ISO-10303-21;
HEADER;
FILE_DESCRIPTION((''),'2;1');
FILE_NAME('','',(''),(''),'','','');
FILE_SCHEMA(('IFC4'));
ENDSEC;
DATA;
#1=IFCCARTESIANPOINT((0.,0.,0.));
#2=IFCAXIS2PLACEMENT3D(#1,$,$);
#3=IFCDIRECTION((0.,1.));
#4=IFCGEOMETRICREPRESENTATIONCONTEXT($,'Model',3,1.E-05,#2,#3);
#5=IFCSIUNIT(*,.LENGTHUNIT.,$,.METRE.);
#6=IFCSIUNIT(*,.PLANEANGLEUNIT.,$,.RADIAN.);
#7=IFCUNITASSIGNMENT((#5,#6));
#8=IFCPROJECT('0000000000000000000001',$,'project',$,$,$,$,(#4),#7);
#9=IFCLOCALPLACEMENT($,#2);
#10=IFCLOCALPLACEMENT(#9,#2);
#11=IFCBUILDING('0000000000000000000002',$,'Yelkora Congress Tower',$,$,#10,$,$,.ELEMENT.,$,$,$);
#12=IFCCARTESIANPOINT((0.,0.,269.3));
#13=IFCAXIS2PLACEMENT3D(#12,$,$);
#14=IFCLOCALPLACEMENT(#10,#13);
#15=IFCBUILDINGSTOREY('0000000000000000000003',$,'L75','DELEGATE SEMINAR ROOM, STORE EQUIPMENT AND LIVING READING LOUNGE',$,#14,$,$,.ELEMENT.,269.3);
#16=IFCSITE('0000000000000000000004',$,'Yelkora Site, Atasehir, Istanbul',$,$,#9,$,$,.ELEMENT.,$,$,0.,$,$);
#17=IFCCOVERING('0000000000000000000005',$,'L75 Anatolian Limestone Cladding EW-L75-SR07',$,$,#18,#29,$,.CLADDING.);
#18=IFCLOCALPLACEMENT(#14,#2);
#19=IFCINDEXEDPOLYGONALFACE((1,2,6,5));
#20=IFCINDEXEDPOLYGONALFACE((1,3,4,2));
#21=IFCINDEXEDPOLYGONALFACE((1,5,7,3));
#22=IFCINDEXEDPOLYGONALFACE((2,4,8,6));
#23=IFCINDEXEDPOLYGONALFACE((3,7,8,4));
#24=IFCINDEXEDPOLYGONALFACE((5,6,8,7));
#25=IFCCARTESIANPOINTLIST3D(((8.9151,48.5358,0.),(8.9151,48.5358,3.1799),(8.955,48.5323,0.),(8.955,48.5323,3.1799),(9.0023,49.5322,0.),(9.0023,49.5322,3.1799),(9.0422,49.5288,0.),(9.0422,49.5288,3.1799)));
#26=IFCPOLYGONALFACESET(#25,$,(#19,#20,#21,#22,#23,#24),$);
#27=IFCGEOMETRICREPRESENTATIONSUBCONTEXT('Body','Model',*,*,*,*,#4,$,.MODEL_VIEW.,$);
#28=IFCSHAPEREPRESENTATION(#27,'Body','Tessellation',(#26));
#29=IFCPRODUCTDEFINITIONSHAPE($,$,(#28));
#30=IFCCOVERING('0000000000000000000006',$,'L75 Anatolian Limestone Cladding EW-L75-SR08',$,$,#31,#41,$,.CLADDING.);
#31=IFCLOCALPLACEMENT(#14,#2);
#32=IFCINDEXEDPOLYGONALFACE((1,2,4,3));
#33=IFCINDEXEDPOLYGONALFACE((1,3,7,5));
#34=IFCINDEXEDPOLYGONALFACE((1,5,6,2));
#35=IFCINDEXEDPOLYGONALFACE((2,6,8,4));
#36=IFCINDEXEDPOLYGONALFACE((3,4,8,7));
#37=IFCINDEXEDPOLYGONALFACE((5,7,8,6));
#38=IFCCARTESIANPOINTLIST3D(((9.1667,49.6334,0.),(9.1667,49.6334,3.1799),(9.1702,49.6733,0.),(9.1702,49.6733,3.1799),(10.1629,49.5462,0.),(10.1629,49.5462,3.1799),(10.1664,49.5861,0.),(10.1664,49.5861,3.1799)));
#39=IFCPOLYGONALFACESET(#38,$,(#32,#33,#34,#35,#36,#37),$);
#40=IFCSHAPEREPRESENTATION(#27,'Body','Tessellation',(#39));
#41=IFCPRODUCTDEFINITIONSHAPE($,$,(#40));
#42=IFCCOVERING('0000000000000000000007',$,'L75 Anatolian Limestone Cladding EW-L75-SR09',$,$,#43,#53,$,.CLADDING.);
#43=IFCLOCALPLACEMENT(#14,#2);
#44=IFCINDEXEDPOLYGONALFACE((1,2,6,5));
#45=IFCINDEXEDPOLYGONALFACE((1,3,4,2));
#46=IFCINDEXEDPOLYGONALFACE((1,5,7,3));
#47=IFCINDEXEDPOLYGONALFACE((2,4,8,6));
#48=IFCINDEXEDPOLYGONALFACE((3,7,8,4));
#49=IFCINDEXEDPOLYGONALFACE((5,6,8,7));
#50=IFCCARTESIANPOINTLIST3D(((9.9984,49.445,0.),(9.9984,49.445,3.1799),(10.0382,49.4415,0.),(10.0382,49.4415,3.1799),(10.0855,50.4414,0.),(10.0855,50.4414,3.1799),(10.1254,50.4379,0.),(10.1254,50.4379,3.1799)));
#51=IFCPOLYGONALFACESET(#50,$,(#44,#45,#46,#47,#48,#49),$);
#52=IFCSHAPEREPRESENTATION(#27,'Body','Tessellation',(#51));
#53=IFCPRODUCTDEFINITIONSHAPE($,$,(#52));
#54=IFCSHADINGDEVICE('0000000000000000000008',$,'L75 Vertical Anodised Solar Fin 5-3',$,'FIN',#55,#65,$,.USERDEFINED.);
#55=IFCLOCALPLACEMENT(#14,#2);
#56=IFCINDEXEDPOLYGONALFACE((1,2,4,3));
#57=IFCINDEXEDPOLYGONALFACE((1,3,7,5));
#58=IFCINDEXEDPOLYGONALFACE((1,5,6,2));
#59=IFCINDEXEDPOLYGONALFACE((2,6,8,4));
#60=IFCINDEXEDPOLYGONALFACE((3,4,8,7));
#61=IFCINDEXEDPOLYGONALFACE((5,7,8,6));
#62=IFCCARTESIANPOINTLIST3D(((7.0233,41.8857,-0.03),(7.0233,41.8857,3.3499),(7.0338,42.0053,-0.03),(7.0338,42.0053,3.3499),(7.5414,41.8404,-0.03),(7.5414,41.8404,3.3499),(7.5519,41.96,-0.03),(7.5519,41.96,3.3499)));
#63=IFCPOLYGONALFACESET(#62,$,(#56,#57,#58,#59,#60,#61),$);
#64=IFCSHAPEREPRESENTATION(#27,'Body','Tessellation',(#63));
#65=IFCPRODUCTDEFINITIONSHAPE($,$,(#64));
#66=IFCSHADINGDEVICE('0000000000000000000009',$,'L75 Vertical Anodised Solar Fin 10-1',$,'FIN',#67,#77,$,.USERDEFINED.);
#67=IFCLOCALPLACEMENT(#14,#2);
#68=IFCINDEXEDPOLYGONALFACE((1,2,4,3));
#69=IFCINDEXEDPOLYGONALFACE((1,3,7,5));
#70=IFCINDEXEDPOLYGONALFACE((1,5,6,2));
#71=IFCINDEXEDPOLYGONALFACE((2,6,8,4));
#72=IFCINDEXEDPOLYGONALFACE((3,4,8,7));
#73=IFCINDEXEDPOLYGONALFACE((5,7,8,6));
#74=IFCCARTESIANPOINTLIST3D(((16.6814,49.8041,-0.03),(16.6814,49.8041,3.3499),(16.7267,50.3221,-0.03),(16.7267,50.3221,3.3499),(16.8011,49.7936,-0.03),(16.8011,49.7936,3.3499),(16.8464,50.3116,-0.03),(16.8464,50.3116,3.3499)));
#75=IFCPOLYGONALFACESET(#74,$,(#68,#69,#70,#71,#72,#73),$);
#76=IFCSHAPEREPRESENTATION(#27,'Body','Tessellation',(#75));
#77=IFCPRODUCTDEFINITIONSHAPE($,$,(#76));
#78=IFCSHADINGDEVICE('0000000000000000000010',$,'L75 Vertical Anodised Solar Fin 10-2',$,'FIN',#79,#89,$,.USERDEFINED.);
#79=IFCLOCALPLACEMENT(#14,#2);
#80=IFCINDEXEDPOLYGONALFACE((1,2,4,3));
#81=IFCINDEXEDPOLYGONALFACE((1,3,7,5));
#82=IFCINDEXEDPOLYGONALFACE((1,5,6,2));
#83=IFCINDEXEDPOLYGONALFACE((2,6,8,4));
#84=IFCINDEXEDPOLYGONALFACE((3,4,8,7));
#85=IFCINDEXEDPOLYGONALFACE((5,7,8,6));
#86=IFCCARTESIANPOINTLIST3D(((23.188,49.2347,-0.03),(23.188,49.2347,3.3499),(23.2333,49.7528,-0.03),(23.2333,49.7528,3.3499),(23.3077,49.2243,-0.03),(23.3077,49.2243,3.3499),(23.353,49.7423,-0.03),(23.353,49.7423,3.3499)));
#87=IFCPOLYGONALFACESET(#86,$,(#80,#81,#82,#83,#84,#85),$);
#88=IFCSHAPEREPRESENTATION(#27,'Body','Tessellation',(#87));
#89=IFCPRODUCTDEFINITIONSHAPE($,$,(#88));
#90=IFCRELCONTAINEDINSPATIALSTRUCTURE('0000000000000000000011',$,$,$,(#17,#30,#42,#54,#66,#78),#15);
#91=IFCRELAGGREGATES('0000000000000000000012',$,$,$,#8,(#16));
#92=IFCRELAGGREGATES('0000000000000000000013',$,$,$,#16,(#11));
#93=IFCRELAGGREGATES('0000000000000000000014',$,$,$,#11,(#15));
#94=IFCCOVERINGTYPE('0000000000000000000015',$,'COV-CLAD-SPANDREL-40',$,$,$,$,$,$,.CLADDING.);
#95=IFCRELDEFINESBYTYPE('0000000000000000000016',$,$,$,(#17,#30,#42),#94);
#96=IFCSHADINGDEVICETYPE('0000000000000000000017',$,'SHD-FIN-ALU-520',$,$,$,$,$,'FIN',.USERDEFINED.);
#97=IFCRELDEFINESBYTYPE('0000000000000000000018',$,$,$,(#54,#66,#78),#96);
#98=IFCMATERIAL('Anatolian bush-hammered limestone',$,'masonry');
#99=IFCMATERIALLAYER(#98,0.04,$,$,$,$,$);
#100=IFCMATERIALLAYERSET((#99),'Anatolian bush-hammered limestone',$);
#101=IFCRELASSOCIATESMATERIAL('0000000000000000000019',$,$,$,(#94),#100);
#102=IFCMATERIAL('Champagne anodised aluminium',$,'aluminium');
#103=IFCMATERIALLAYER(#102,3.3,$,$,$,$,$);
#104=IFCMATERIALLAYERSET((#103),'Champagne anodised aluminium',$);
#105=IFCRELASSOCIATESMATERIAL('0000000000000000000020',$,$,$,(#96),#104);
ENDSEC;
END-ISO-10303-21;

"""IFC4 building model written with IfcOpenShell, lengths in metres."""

from ifc_helpers import new_model, si_unit, direction, frame, frame_2d, origin, origin_2d, place, context, subcontext, project, spatial, rectangle, extrude, material, layer, layer_set, type_object, element, save


model = new_model("IFC4")

# Units and contexts
model_context = context("Model", 3, precision=1e-05, world=origin(), true_north=direction((0.0, 1.0)))
body_context = subcontext(model_context, "Body", "Model", "MODEL_VIEW")
ifc_project = project(units=[si_unit("LENGTHUNIT", "METRE"), si_unit("PLANEANGLEUNIT", "RADIAN")], contexts=[model_context])

# Site, building, storey
site_placement = place(None, origin())
site = spatial("IfcSite", under=ifc_project, at=site_placement, Name="Yelkora Site, Atasehir, Istanbul", CompositionType="ELEMENT", RefElevation=0.0)
building_placement = place(site_placement, origin())
building = spatial("IfcBuilding", under=site, at=building_placement, Name="Yelkora Congress Tower", CompositionType="ELEMENT")
storey_placement = place(building_placement, frame((0.0, 0.0, 269.3)))
storey = spatial("IfcBuildingStorey", under=building, at=storey_placement, Name="L75", Description="DELEGATE SEMINAR ROOM, STORE EQUIPMENT AND LIVING READING LOUNGE", CompositionType="ELEMENT", Elevation=269.3)

# Coverings
ifc_material_1 = material(Name="Anatolian bush-hammered limestone", Category="masonry")
ifc_layer_1 = layer(ifc_material_1, 0.04)
ifc_layer_set_1 = layer_set([ifc_layer_1], Name="Anatolian bush-hammered limestone")
covering_type = type_object("IfcCoveringType", Name="COV-CLAD-SPANDREL-40", PredefinedType="CLADDING", material=ifc_layer_set_1)
for number, where, z_axis, x_axis, name in (
    (1, (8.9351, 48.5342, 0.0), (0.0, 0.0, 1.0), (0.087146, 0.996196, 0.0), "L75 Anatolian Limestone Cladding EW-L75-SR07"),
):
    element("IfcCovering", number, at=place(storey_placement, frame(where, z_axis=z_axis, x_axis=x_axis)), inside=storey, type_object=covering_type, Name=name, PredefinedType="CLADDING", context=body_context, shape_type="SweptSolid", body=[
        extrude(rectangle(XDim=1.0002, YDim=0.04, at=frame_2d((0.5, 0.0))), origin(), (0.0, 0.0, 1.0), 3.1799),
    ])
covering_1_placement = place(storey_placement, frame((9.1685, 49.6533, 0.0), z_axis=(0.0, 0.0, 1.0), x_axis=(0.996194, -0.087167, 0.0)))
element("IfcCovering", 2, at=covering_1_placement, inside=storey, type_object=covering_type, Name="L75 Anatolian Limestone Cladding EW-L75-SR08", PredefinedType="CLADDING", context=body_context, shape_type="SweptSolid", body=[
    extrude(rectangle(XDim=1.0, YDim=0.04, at=frame_2d((0.5, 0.0))), origin(), (0.0, 0.0, 1.0), 3.1799),
])
covering_2_placement = place(storey_placement, frame((10.0183, 49.4434, 0.0), z_axis=(0.0, 0.0, 1.0), x_axis=(0.087146, 0.996196, 0.0)))
element("IfcCovering", 3, at=covering_2_placement, inside=storey, type_object=covering_type, Name="L75 Anatolian Limestone Cladding EW-L75-SR09", PredefinedType="CLADDING", context=body_context, shape_type="SweptSolid", body=[
    extrude(rectangle(XDim=1.0002, YDim=0.04, at=frame_2d((0.5, 0.0))), origin(), (0.0, 0.0, 1.0), 3.1799),
])

# Shading devices
ifc_material_2 = material(Name="Champagne anodised aluminium", Category="aluminium")
ifc_layer_2 = layer(ifc_material_2, 3.3)
ifc_layer_set_2 = layer_set([ifc_layer_2], Name="Champagne anodised aluminium")
shading_device_type = type_object("IfcShadingDeviceType", Name="SHD-FIN-ALU-520", ElementType="FIN", PredefinedType="USERDEFINED", material=ifc_layer_set_2)
for number, where, z_axis, x_axis, name in (
    (4, (7.2876, 41.9229, -0.03), (0.0, 0.0, 1.0), (0.087156, 0.996195, 0.0), "L75 Vertical Anodised Solar Fin 5-3"),
    (5, (16.7639, 50.0579, -0.03), (0.0, 0.0, 1.0), (0.996195, -0.087156, 0.0), "L75 Vertical Anodised Solar Fin 10-1"),
    (6, (23.2705, 49.4885, -0.03), (0.0, 0.0, 1.0), (0.996195, -0.087156, 0.0), "L75 Vertical Anodised Solar Fin 10-2"),
):
    element("IfcShadingDevice", number, at=place(storey_placement, frame(where, z_axis=z_axis, x_axis=x_axis)), inside=storey, type_object=shading_device_type, Name=name, ObjectType="FIN", PredefinedType="USERDEFINED", context=body_context, shape_type="SweptSolid", body=[
        extrude(rectangle(XDim=0.1201, YDim=0.52, at=origin_2d()), origin(), (0.0, 0.0, 1.0), 3.3799),
    ])

save(model, "model.ifc")
